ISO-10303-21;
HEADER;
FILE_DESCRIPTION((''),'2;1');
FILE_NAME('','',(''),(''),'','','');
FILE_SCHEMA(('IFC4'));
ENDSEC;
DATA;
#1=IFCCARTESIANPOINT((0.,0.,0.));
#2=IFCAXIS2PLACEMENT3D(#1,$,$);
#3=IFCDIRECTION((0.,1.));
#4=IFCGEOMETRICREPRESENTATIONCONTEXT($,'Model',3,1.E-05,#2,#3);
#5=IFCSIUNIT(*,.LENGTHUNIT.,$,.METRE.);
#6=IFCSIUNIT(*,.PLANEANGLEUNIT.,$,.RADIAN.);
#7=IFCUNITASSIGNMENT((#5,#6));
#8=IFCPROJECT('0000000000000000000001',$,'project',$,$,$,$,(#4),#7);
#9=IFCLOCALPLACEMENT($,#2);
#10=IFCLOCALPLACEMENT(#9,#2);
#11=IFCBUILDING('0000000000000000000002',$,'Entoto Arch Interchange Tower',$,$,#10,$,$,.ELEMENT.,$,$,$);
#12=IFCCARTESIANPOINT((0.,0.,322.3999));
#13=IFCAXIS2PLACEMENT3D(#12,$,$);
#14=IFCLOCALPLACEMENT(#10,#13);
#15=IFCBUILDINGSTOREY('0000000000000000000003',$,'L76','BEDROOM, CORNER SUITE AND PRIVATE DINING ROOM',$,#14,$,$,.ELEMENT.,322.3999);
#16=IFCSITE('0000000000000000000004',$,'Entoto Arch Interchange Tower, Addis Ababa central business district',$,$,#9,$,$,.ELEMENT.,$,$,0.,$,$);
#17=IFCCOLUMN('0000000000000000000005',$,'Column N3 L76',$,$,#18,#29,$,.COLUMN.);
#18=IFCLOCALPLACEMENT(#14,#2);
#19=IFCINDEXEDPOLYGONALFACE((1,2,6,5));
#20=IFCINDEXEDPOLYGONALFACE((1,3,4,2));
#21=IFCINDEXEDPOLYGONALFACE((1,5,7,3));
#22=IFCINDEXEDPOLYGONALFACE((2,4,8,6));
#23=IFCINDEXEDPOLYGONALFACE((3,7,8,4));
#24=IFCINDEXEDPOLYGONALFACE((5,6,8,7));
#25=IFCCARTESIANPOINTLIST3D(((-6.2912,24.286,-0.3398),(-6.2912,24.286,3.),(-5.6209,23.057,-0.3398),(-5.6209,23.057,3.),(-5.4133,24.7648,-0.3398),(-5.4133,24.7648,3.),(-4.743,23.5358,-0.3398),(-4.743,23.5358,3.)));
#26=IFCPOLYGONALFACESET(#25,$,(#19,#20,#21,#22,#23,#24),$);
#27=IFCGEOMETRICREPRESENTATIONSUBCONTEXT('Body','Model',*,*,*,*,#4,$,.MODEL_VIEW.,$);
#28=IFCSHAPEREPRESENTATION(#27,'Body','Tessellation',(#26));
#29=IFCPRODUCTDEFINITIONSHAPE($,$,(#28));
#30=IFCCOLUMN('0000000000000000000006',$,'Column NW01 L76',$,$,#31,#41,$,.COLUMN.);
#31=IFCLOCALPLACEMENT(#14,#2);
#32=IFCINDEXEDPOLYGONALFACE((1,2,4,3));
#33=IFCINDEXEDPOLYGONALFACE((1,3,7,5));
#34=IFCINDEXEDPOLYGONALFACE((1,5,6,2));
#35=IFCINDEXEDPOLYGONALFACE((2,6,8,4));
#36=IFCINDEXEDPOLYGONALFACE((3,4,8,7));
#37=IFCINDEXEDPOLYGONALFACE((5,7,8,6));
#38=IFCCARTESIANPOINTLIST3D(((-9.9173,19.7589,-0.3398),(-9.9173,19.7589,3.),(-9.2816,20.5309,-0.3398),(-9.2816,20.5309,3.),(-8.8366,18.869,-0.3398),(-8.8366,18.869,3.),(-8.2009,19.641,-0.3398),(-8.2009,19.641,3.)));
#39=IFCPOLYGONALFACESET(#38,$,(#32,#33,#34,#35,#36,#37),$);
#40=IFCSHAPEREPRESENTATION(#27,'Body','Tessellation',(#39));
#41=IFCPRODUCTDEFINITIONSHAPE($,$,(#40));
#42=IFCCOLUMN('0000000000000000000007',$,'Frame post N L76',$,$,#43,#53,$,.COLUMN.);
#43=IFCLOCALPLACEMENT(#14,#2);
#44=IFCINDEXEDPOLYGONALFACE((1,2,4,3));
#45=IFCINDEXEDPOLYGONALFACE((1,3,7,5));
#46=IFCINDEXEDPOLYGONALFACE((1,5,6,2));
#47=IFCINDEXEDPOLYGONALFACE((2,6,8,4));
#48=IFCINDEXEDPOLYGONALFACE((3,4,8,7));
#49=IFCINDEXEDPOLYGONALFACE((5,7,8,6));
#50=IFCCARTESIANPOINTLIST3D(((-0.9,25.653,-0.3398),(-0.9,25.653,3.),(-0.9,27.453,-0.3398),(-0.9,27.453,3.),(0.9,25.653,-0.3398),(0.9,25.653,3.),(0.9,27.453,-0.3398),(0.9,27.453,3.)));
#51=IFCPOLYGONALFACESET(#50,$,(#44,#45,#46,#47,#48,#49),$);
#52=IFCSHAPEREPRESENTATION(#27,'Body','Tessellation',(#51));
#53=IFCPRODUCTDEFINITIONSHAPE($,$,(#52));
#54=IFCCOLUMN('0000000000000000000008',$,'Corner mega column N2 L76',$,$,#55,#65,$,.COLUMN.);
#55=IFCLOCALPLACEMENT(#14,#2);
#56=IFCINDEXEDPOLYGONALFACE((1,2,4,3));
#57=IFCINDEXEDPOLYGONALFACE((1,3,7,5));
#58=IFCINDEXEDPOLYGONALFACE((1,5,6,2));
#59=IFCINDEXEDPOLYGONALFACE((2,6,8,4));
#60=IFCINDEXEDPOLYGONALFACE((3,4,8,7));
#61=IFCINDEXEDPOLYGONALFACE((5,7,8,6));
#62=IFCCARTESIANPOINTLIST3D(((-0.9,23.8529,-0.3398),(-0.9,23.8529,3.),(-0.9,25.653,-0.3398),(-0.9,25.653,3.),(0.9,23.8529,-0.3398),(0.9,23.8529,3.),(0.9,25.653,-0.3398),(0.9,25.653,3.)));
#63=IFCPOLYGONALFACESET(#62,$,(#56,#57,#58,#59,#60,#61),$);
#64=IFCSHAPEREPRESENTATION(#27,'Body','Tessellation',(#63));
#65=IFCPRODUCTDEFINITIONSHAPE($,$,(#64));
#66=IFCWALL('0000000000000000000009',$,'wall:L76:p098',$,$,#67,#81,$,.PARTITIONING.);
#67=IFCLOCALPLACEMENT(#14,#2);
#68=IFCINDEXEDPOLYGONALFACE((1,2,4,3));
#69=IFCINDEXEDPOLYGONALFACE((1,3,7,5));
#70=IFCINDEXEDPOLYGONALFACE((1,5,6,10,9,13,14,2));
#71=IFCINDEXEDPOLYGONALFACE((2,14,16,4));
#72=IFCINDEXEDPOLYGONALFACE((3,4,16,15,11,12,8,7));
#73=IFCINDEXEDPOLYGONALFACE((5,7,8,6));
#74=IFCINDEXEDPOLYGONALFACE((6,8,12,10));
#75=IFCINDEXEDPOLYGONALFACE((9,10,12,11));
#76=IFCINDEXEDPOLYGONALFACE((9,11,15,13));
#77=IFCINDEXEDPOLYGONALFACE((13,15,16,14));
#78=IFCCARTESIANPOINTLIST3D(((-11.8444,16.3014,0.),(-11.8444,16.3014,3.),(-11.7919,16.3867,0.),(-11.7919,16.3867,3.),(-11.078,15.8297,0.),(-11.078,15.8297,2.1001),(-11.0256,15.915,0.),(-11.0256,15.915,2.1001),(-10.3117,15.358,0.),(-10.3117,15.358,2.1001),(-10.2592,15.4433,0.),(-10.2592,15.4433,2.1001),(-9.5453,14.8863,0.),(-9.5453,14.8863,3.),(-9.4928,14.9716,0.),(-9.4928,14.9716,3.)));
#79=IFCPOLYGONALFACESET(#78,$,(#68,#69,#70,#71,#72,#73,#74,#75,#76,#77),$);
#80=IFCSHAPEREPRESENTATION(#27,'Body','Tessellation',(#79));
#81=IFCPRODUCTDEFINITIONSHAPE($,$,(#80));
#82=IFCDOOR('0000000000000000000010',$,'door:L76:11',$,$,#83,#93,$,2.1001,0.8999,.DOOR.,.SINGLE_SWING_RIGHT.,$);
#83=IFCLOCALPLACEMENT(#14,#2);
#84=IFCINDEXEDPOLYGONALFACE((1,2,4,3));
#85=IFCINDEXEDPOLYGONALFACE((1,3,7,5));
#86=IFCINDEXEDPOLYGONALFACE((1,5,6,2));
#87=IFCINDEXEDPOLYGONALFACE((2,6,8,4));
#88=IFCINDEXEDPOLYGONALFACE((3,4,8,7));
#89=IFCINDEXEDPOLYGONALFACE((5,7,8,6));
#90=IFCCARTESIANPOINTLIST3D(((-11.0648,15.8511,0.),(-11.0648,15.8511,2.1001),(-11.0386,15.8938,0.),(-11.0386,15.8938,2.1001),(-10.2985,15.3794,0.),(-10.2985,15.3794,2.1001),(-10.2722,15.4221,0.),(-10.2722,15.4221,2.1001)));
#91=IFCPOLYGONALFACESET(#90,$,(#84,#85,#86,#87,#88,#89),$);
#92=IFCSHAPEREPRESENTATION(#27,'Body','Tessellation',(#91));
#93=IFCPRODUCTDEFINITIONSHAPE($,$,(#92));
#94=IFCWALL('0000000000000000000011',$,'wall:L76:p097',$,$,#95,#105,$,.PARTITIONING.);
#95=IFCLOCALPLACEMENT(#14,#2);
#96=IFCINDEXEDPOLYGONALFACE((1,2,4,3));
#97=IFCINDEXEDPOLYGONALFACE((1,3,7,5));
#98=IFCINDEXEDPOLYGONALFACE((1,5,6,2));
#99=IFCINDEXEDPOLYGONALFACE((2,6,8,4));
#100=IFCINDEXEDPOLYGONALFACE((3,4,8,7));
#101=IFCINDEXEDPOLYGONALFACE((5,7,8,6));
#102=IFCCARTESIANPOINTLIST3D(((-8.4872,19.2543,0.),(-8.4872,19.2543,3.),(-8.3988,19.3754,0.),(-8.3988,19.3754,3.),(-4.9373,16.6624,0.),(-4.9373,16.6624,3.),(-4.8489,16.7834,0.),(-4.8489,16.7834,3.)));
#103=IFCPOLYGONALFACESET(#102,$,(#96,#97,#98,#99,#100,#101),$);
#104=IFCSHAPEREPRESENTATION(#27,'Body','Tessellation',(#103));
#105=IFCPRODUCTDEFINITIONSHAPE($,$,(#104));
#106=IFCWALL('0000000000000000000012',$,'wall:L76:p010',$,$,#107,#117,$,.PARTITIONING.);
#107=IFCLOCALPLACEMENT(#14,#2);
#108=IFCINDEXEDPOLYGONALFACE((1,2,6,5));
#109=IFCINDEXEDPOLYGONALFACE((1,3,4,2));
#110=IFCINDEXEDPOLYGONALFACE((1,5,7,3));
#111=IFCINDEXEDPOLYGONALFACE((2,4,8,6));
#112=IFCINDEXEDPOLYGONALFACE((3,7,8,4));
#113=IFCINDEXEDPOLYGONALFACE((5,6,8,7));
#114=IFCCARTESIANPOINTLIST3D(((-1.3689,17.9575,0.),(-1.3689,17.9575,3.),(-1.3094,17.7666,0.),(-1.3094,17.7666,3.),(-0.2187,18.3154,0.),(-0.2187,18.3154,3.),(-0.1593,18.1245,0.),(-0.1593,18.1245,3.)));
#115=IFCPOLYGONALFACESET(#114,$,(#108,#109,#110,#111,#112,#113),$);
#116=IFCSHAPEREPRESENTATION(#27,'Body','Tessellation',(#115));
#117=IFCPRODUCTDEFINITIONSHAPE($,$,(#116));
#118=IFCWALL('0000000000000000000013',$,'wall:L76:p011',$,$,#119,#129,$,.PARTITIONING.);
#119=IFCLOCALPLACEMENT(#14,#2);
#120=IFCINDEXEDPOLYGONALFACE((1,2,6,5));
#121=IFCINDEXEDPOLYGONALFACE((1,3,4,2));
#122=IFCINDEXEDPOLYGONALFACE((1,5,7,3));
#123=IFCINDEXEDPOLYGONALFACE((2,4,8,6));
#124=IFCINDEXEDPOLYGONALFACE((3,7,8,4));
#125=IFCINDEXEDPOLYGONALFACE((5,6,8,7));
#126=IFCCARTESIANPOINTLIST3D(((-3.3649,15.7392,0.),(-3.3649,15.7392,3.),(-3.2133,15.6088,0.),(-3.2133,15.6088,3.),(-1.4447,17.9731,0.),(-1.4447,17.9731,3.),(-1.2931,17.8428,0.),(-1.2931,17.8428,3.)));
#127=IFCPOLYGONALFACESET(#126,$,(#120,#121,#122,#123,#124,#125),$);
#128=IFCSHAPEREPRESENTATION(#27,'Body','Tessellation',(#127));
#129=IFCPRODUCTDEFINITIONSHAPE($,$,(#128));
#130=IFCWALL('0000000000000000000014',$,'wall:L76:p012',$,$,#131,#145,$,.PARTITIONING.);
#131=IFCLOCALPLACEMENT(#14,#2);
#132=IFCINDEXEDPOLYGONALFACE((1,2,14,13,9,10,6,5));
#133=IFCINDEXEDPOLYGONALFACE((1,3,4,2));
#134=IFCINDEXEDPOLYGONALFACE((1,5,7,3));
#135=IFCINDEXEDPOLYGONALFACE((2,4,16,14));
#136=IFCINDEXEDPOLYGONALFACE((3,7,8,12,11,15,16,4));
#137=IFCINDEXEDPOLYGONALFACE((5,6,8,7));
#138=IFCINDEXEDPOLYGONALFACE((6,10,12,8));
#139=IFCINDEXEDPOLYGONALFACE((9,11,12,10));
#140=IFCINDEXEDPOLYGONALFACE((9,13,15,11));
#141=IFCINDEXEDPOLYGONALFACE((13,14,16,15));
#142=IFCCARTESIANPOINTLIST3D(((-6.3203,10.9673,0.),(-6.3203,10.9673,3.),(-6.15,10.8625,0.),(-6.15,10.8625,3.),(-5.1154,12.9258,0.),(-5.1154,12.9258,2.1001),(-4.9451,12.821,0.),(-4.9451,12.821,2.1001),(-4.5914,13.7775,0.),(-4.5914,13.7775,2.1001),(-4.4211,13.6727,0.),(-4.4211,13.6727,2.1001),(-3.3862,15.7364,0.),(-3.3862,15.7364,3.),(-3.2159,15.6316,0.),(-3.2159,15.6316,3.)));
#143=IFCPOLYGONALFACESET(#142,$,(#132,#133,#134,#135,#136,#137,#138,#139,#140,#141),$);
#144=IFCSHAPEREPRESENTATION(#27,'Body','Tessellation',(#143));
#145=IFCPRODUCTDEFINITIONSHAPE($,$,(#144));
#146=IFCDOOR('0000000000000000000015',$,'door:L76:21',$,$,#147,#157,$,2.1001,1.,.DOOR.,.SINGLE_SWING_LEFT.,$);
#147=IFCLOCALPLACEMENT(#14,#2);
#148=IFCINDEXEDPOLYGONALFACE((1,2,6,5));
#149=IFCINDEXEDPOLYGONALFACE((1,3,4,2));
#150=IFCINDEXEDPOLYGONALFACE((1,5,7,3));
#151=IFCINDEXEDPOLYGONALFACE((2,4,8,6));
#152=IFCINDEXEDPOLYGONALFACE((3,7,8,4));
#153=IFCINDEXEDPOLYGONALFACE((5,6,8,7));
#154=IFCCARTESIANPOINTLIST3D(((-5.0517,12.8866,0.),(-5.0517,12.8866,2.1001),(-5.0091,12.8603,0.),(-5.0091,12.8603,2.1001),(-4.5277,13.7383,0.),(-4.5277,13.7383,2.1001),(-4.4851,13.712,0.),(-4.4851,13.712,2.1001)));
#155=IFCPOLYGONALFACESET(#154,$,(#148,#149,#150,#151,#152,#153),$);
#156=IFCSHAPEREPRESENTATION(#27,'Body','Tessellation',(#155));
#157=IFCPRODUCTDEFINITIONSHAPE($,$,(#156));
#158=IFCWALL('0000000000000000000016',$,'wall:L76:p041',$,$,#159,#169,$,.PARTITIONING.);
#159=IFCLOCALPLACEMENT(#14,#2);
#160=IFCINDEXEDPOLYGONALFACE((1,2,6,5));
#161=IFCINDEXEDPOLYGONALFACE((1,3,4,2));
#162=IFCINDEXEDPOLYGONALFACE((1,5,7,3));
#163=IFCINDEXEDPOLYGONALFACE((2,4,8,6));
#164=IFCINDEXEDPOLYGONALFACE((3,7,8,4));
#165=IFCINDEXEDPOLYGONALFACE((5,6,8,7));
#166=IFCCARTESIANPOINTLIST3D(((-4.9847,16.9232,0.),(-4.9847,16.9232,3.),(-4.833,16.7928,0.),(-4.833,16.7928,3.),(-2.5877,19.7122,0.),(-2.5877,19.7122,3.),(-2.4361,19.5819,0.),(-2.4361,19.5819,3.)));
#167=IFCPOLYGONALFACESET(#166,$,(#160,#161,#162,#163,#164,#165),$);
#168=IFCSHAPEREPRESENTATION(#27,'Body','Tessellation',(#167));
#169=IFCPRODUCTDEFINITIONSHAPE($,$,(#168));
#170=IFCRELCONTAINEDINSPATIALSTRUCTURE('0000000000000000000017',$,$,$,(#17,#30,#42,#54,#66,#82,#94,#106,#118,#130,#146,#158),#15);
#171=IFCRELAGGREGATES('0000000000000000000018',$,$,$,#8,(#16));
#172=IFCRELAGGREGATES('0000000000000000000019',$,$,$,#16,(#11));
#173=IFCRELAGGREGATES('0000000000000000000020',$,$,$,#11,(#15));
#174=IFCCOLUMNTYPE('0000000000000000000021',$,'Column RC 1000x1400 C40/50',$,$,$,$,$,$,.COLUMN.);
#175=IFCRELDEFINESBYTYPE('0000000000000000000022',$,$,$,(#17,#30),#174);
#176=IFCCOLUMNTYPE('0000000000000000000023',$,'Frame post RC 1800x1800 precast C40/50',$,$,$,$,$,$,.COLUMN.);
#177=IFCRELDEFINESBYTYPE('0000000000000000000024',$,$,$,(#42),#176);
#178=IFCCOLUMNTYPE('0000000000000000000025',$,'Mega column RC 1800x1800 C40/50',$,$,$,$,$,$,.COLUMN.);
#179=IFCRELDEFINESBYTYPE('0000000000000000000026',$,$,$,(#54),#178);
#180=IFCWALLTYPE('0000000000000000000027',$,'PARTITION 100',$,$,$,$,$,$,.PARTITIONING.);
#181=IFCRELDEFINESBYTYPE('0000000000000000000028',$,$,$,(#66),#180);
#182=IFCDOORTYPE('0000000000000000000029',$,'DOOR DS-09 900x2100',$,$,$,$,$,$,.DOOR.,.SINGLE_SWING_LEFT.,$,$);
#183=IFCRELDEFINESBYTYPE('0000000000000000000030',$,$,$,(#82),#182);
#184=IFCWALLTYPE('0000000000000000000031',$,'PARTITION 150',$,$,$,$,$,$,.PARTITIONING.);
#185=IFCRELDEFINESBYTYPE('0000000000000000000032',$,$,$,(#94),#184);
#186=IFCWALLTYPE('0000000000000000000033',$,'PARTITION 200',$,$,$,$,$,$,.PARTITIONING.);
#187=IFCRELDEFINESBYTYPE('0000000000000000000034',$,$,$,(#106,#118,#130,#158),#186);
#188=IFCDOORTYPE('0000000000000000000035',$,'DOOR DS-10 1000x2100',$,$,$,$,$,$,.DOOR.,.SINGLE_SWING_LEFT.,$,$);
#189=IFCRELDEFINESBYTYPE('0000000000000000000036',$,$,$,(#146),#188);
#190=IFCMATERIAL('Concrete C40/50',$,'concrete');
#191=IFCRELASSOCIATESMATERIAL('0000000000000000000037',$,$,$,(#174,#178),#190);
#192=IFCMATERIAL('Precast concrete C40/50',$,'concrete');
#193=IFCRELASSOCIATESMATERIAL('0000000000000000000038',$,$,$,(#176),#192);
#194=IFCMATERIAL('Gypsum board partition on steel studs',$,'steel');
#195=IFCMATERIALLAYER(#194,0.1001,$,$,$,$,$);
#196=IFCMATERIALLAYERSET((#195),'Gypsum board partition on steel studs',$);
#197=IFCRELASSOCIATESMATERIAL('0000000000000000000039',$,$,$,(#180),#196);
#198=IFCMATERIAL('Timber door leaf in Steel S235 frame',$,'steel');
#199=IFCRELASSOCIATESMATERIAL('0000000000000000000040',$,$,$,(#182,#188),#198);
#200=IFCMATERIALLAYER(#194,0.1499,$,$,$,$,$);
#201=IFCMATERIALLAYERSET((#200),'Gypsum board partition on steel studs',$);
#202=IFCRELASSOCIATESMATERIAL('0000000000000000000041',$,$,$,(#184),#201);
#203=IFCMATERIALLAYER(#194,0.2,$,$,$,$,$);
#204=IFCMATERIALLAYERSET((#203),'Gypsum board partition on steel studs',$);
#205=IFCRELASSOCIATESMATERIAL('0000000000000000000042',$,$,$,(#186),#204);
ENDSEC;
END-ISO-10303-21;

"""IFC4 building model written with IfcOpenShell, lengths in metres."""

from ifc_helpers import new_model, si_unit, direction, frame, frame_2d, origin, origin_2d, place, context, subcontext, project, spatial, rectangle, extrude, material, layer, layer_set, material_profile, profile_set, type_object, element, fill, save


model = new_model("IFC4")

# Units and contexts
model_context = context("Model", 3, precision=1e-05, world=origin(), true_north=direction((0.0, 1.0)))
body_context = subcontext(model_context, "Body", "Model", "MODEL_VIEW")
ifc_project = project(units=[si_unit("LENGTHUNIT", "METRE"), si_unit("PLANEANGLEUNIT", "RADIAN")], contexts=[model_context])

# Site, building, storey
site_placement = place(None, origin())
site = spatial("IfcSite", under=ifc_project, at=site_placement, Name="Entoto Arch Interchange Tower, Addis Ababa central business district", CompositionType="ELEMENT", RefElevation=0.0)
building_placement = place(site_placement, origin())
building = spatial("IfcBuilding", under=site, at=building_placement, Name="Entoto Arch Interchange Tower", CompositionType="ELEMENT")
storey_placement = place(building_placement, frame((0.0, 0.0, 322.3999)))
storey = spatial("IfcBuildingStorey", under=building, at=storey_placement, Name="L76", Description="BEDROOM, CORNER SUITE AND PRIVATE DINING ROOM", CompositionType="ELEMENT", Elevation=322.3999)

# Columns
ifc_material_1 = material(Name="Concrete C40/50", Category="concrete")
ifc_material_profile_1 = material_profile(ifc_material_1, rectangle(XDim=1.0, YDim=1.3999, at=origin_2d()))
ifc_profile_set_1 = profile_set([ifc_material_profile_1], Name="Concrete C40/50")
column_type_1 = type_object("IfcColumnType", Name="Column RC 1000x1400 C40/50", PredefinedType="COLUMN", material=ifc_profile_set_1)
for number, where, z_axis, x_axis, name in (
    (1, (-5.5171, 23.9109, -0.3398), (0.0, 0.0, 1.0), (0.877899, 0.478845, 0.0), "Column N3 L76"),
    (2, (-9.0591, 19.7, -0.3398), (0.0, 0.0, 1.0), (0.635647, 0.77198, 0.0), "Column NW01 L76"),
):
    element("IfcColumn", number, at=place(storey_placement, frame(where, z_axis=z_axis, x_axis=x_axis)), inside=storey, type_object=column_type_1, Name=name, PredefinedType="COLUMN", context=body_context, shape_type="SweptSolid", body=[
        extrude(rectangle(XDim=1.0, YDim=1.3999, at=origin_2d()), origin(), (0.0, 0.0, 1.0), 3.3398),
    ])
ifc_material_2 = material(Name="Precast concrete C40/50", Category="concrete")
ifc_material_profile_2 = material_profile(ifc_material_2, rectangle(XDim=1.8, YDim=1.8, at=origin_2d()))
ifc_profile_set_2 = profile_set([ifc_material_profile_2], Name="Precast concrete C40/50")
column_type_2 = type_object("IfcColumnType", Name="Frame post RC 1800x1800 precast C40/50", PredefinedType="COLUMN", material=ifc_profile_set_2)
column_1_placement = place(storey_placement, frame((0.0, 26.553, -0.3398), z_axis=(0.0, 0.0, 1.0), x_axis=(0.0, 1.0, 0.0)))
element("IfcColumn", 3, at=column_1_placement, inside=storey, type_object=column_type_2, Name="Frame post N L76", PredefinedType="COLUMN", context=body_context, shape_type="SweptSolid", body=[
    extrude(rectangle(XDim=1.8, YDim=1.8, at=origin_2d()), origin(), (0.0, 0.0, 1.0), 3.3398),
])
ifc_material_profile_3 = material_profile(ifc_material_1, rectangle(XDim=1.8, YDim=1.8, at=origin_2d()))
ifc_profile_set_3 = profile_set([ifc_material_profile_3], Name="Concrete C40/50")
column_type_3 = type_object("IfcColumnType", Name="Mega column RC 1800x1800 C40/50", PredefinedType="COLUMN", material=ifc_profile_set_3)
column_2_placement = place(storey_placement, frame((0.0, 24.7529, -0.3398), z_axis=(0.0, 0.0, 1.0), x_axis=(0.0, 1.0, 0.0)))
element("IfcColumn", 4, at=column_2_placement, inside=storey, type_object=column_type_3, Name="Corner mega column N2 L76", PredefinedType="COLUMN", context=body_context, shape_type="SweptSolid", body=[
    extrude(rectangle(XDim=1.8, YDim=1.8, at=origin_2d()), origin(), (0.0, 0.0, 1.0), 3.3398),
])

# Wall, opening, door
ifc_material_3 = material(Name="Gypsum board partition on steel studs", Category="steel")
ifc_layer_1 = layer(ifc_material_3, 0.1001)
ifc_layer_set_1 = layer_set([ifc_layer_1], Name="Gypsum board partition on steel studs")
wall_type_1 = type_object("IfcWallType", Name="PARTITION 100", PredefinedType="PARTITIONING", material=ifc_layer_set_1)
wall_1_placement = place(storey_placement, frame((-9.519, 14.929, 0.0), z_axis=(0.0, 0.0, 1.0), x_axis=(-0.851621, 0.524158, 0.0)))
wall_1 = element("IfcWall", 5, at=wall_1_placement, inside=storey, type_object=wall_type_1, Name="wall:L76:p098", PredefinedType="PARTITIONING", context=body_context, shape_type="SweptSolid", body=[
    extrude(rectangle(XDim=2.6997, YDim=0.1001, at=frame_2d((1.3499, 0.0))), origin(), (0.0, 0.0, 1.0), 3.0),
])
opening_1_placement = place(wall_1_placement, frame((0.8999, 0.0, 0.0)))
opening_1 = element("IfcOpeningElement", 6, at=opening_1_placement, cuts=wall_1, PredefinedType="OPENING", context=body_context, shape_type="SweptSolid", body=[
    extrude(rectangle(XDim=0.8999, YDim=2.1001, at=frame_2d((0.45, 1.05))), frame((0.0, 0.0601, 0.0), z_axis=(0.0, -1.0, 0.0), x_axis=(1.0, 0.0, 0.0)), (0.0, 0.0, 1.0), 0.1201),
])
ifc_material_4 = material(Name="Timber door leaf in Steel S235 frame", Category="steel")
door_type_1 = type_object("IfcDoorType", Name="DOOR DS-09 900x2100", OperationType="SINGLE_SWING_LEFT", PredefinedType="DOOR", material=ifc_material_4)
door_1_placement = place(opening_1_placement, origin())
door_1 = element("IfcDoor", 7, at=door_1_placement, inside=storey, type_object=door_type_1, Name="door:L76:11", OperationType="SINGLE_SWING_RIGHT", OverallHeight=2.1001, OverallWidth=0.8999, PredefinedType="DOOR", context=body_context, shape_type="SweptSolid", body=[
    extrude(rectangle(XDim=0.8999, YDim=2.1001, at=frame_2d((0.45, 1.05))), frame((0.0, 0.0249, 0.0), z_axis=(0.0, -1.0, 0.0), x_axis=(1.0, 0.0, 0.0)), (0.0, 0.0, 1.0), 0.05),
])
fill(opening_1, door_1)

# Walls
ifc_layer_2 = layer(ifc_material_3, 0.1499)
ifc_layer_set_2 = layer_set([ifc_layer_2], Name="Gypsum board partition on steel studs")
wall_type_2 = type_object("IfcWallType", Name="PARTITION 150", PredefinedType="PARTITIONING", material=ifc_layer_set_2)
wall_2_placement = place(storey_placement, frame((-4.8931, 16.7229, 0.0), z_axis=(0.0, 0.0, 1.0), x_axis=(-0.807632, 0.589687, 0.0)))
element("IfcWall", 8, at=wall_2_placement, inside=storey, type_object=wall_type_2, Name="wall:L76:p097", PredefinedType="PARTITIONING", context=body_context, shape_type="SweptSolid", body=[
    extrude(rectangle(XDim=4.3955, YDim=0.1499, at=frame_2d((2.1978, 0.0))), origin(), (0.0, 0.0, 1.0), 3.0),
])
ifc_layer_3 = layer(ifc_material_3, 0.2)
ifc_layer_set_3 = layer_set([ifc_layer_3], Name="Gypsum board partition on steel studs")
wall_type_3 = type_object("IfcWallType", Name="PARTITION 200", PredefinedType="PARTITIONING", material=ifc_layer_set_3)
wall_3_placement = place(storey_placement, frame((-0.189, 18.22, 0.0), z_axis=(0.0, 0.0, 1.0), x_axis=(-0.954836, -0.297132, 0.0)))
element("IfcWall", 9, at=wall_3_placement, inside=storey, type_object=wall_type_3, Name="wall:L76:p010", PredefinedType="PARTITIONING", context=body_context, shape_type="SweptSolid", body=[
    extrude(rectangle(XDim=1.2046, YDim=0.2, at=frame_2d((0.6023, 0.0))), origin(), (0.0, 0.0, 1.0), 3.0),
])
wall_4_placement = place(storey_placement, frame((-1.3689, 17.908, 0.0), z_axis=(0.0, 0.0, 1.0), x_axis=(-0.651849, -0.758349, 0.0)))
element("IfcWall", 10, at=wall_4_placement, inside=storey, type_object=wall_type_3, Name="wall:L76:p011", PredefinedType="PARTITIONING", context=body_context, shape_type="SweptSolid", body=[
    extrude(rectangle(XDim=2.9458, YDim=0.2, at=frame_2d((1.4729, 0.0))), origin(), (0.0, 0.0, 1.0), 3.0),
])

# Wall, opening, door
wall_5_placement = place(storey_placement, frame((-3.301, 15.6841, 0.0), z_axis=(0.0, 0.0, 1.0), x_axis=(-0.524005, -0.851715, 0.0)))
wall_5 = element("IfcWall", 11, at=wall_5_placement, inside=storey, type_object=wall_type_3, Name="wall:L76:p012", PredefinedType="PARTITIONING", context=body_context, shape_type="SweptSolid", body=[
    extrude(rectangle(XDim=5.5994, YDim=0.2, at=frame_2d((2.7998, 0.0))), origin(), (0.0, 0.0, 1.0), 3.0),
])
opening_2_placement = place(wall_5_placement, frame((2.3, 0.0, 0.0)))
opening_2 = element("IfcOpeningElement", 12, at=opening_2_placement, cuts=wall_5, PredefinedType="OPENING", context=body_context, shape_type="SweptSolid", body=[
    extrude(rectangle(XDim=1.0, YDim=2.1001, at=frame_2d((0.5, 1.05))), frame((0.0, 0.1099, 0.0), z_axis=(0.0, -1.0, 0.0), x_axis=(1.0, 0.0, 0.0)), (0.0, 0.0, 1.0), 0.22),
])
door_type_2 = type_object("IfcDoorType", Name="DOOR DS-10 1000x2100", OperationType="SINGLE_SWING_LEFT", PredefinedType="DOOR", material=ifc_material_4)
door_2_placement = place(opening_2_placement, origin())
door_2 = element("IfcDoor", 13, at=door_2_placement, inside=storey, type_object=door_type_2, Name="door:L76:21", OperationType="SINGLE_SWING_LEFT", OverallHeight=2.1001, OverallWidth=1.0, PredefinedType="DOOR", context=body_context, shape_type="SweptSolid", body=[
    extrude(rectangle(XDim=1.0, YDim=2.1001, at=frame_2d((0.5, 1.05))), frame((0.0, 0.0249, 0.0), z_axis=(0.0, -1.0, 0.0), x_axis=(1.0, 0.0, 0.0)), (0.0, 0.0, 1.0), 0.05),
])
fill(opening_2, door_2)

# Wall
wall_6_placement = place(storey_placement, frame((-4.9089, 16.8579, 0.0), z_axis=(0.0, 0.0, 1.0), x_axis=(0.651786, 0.758403, 0.0)))
element("IfcWall", 14, at=wall_6_placement, inside=storey, type_object=wall_type_3, Name="wall:L76:p041", PredefinedType="PARTITIONING", context=body_context, shape_type="SweptSolid", body=[
    extrude(rectangle(XDim=3.6775, YDim=0.2, at=frame_2d((1.8389, 0.0))), origin(), (0.0, 0.0, 1.0), 3.0),
])

save(model, "model.ifc")
